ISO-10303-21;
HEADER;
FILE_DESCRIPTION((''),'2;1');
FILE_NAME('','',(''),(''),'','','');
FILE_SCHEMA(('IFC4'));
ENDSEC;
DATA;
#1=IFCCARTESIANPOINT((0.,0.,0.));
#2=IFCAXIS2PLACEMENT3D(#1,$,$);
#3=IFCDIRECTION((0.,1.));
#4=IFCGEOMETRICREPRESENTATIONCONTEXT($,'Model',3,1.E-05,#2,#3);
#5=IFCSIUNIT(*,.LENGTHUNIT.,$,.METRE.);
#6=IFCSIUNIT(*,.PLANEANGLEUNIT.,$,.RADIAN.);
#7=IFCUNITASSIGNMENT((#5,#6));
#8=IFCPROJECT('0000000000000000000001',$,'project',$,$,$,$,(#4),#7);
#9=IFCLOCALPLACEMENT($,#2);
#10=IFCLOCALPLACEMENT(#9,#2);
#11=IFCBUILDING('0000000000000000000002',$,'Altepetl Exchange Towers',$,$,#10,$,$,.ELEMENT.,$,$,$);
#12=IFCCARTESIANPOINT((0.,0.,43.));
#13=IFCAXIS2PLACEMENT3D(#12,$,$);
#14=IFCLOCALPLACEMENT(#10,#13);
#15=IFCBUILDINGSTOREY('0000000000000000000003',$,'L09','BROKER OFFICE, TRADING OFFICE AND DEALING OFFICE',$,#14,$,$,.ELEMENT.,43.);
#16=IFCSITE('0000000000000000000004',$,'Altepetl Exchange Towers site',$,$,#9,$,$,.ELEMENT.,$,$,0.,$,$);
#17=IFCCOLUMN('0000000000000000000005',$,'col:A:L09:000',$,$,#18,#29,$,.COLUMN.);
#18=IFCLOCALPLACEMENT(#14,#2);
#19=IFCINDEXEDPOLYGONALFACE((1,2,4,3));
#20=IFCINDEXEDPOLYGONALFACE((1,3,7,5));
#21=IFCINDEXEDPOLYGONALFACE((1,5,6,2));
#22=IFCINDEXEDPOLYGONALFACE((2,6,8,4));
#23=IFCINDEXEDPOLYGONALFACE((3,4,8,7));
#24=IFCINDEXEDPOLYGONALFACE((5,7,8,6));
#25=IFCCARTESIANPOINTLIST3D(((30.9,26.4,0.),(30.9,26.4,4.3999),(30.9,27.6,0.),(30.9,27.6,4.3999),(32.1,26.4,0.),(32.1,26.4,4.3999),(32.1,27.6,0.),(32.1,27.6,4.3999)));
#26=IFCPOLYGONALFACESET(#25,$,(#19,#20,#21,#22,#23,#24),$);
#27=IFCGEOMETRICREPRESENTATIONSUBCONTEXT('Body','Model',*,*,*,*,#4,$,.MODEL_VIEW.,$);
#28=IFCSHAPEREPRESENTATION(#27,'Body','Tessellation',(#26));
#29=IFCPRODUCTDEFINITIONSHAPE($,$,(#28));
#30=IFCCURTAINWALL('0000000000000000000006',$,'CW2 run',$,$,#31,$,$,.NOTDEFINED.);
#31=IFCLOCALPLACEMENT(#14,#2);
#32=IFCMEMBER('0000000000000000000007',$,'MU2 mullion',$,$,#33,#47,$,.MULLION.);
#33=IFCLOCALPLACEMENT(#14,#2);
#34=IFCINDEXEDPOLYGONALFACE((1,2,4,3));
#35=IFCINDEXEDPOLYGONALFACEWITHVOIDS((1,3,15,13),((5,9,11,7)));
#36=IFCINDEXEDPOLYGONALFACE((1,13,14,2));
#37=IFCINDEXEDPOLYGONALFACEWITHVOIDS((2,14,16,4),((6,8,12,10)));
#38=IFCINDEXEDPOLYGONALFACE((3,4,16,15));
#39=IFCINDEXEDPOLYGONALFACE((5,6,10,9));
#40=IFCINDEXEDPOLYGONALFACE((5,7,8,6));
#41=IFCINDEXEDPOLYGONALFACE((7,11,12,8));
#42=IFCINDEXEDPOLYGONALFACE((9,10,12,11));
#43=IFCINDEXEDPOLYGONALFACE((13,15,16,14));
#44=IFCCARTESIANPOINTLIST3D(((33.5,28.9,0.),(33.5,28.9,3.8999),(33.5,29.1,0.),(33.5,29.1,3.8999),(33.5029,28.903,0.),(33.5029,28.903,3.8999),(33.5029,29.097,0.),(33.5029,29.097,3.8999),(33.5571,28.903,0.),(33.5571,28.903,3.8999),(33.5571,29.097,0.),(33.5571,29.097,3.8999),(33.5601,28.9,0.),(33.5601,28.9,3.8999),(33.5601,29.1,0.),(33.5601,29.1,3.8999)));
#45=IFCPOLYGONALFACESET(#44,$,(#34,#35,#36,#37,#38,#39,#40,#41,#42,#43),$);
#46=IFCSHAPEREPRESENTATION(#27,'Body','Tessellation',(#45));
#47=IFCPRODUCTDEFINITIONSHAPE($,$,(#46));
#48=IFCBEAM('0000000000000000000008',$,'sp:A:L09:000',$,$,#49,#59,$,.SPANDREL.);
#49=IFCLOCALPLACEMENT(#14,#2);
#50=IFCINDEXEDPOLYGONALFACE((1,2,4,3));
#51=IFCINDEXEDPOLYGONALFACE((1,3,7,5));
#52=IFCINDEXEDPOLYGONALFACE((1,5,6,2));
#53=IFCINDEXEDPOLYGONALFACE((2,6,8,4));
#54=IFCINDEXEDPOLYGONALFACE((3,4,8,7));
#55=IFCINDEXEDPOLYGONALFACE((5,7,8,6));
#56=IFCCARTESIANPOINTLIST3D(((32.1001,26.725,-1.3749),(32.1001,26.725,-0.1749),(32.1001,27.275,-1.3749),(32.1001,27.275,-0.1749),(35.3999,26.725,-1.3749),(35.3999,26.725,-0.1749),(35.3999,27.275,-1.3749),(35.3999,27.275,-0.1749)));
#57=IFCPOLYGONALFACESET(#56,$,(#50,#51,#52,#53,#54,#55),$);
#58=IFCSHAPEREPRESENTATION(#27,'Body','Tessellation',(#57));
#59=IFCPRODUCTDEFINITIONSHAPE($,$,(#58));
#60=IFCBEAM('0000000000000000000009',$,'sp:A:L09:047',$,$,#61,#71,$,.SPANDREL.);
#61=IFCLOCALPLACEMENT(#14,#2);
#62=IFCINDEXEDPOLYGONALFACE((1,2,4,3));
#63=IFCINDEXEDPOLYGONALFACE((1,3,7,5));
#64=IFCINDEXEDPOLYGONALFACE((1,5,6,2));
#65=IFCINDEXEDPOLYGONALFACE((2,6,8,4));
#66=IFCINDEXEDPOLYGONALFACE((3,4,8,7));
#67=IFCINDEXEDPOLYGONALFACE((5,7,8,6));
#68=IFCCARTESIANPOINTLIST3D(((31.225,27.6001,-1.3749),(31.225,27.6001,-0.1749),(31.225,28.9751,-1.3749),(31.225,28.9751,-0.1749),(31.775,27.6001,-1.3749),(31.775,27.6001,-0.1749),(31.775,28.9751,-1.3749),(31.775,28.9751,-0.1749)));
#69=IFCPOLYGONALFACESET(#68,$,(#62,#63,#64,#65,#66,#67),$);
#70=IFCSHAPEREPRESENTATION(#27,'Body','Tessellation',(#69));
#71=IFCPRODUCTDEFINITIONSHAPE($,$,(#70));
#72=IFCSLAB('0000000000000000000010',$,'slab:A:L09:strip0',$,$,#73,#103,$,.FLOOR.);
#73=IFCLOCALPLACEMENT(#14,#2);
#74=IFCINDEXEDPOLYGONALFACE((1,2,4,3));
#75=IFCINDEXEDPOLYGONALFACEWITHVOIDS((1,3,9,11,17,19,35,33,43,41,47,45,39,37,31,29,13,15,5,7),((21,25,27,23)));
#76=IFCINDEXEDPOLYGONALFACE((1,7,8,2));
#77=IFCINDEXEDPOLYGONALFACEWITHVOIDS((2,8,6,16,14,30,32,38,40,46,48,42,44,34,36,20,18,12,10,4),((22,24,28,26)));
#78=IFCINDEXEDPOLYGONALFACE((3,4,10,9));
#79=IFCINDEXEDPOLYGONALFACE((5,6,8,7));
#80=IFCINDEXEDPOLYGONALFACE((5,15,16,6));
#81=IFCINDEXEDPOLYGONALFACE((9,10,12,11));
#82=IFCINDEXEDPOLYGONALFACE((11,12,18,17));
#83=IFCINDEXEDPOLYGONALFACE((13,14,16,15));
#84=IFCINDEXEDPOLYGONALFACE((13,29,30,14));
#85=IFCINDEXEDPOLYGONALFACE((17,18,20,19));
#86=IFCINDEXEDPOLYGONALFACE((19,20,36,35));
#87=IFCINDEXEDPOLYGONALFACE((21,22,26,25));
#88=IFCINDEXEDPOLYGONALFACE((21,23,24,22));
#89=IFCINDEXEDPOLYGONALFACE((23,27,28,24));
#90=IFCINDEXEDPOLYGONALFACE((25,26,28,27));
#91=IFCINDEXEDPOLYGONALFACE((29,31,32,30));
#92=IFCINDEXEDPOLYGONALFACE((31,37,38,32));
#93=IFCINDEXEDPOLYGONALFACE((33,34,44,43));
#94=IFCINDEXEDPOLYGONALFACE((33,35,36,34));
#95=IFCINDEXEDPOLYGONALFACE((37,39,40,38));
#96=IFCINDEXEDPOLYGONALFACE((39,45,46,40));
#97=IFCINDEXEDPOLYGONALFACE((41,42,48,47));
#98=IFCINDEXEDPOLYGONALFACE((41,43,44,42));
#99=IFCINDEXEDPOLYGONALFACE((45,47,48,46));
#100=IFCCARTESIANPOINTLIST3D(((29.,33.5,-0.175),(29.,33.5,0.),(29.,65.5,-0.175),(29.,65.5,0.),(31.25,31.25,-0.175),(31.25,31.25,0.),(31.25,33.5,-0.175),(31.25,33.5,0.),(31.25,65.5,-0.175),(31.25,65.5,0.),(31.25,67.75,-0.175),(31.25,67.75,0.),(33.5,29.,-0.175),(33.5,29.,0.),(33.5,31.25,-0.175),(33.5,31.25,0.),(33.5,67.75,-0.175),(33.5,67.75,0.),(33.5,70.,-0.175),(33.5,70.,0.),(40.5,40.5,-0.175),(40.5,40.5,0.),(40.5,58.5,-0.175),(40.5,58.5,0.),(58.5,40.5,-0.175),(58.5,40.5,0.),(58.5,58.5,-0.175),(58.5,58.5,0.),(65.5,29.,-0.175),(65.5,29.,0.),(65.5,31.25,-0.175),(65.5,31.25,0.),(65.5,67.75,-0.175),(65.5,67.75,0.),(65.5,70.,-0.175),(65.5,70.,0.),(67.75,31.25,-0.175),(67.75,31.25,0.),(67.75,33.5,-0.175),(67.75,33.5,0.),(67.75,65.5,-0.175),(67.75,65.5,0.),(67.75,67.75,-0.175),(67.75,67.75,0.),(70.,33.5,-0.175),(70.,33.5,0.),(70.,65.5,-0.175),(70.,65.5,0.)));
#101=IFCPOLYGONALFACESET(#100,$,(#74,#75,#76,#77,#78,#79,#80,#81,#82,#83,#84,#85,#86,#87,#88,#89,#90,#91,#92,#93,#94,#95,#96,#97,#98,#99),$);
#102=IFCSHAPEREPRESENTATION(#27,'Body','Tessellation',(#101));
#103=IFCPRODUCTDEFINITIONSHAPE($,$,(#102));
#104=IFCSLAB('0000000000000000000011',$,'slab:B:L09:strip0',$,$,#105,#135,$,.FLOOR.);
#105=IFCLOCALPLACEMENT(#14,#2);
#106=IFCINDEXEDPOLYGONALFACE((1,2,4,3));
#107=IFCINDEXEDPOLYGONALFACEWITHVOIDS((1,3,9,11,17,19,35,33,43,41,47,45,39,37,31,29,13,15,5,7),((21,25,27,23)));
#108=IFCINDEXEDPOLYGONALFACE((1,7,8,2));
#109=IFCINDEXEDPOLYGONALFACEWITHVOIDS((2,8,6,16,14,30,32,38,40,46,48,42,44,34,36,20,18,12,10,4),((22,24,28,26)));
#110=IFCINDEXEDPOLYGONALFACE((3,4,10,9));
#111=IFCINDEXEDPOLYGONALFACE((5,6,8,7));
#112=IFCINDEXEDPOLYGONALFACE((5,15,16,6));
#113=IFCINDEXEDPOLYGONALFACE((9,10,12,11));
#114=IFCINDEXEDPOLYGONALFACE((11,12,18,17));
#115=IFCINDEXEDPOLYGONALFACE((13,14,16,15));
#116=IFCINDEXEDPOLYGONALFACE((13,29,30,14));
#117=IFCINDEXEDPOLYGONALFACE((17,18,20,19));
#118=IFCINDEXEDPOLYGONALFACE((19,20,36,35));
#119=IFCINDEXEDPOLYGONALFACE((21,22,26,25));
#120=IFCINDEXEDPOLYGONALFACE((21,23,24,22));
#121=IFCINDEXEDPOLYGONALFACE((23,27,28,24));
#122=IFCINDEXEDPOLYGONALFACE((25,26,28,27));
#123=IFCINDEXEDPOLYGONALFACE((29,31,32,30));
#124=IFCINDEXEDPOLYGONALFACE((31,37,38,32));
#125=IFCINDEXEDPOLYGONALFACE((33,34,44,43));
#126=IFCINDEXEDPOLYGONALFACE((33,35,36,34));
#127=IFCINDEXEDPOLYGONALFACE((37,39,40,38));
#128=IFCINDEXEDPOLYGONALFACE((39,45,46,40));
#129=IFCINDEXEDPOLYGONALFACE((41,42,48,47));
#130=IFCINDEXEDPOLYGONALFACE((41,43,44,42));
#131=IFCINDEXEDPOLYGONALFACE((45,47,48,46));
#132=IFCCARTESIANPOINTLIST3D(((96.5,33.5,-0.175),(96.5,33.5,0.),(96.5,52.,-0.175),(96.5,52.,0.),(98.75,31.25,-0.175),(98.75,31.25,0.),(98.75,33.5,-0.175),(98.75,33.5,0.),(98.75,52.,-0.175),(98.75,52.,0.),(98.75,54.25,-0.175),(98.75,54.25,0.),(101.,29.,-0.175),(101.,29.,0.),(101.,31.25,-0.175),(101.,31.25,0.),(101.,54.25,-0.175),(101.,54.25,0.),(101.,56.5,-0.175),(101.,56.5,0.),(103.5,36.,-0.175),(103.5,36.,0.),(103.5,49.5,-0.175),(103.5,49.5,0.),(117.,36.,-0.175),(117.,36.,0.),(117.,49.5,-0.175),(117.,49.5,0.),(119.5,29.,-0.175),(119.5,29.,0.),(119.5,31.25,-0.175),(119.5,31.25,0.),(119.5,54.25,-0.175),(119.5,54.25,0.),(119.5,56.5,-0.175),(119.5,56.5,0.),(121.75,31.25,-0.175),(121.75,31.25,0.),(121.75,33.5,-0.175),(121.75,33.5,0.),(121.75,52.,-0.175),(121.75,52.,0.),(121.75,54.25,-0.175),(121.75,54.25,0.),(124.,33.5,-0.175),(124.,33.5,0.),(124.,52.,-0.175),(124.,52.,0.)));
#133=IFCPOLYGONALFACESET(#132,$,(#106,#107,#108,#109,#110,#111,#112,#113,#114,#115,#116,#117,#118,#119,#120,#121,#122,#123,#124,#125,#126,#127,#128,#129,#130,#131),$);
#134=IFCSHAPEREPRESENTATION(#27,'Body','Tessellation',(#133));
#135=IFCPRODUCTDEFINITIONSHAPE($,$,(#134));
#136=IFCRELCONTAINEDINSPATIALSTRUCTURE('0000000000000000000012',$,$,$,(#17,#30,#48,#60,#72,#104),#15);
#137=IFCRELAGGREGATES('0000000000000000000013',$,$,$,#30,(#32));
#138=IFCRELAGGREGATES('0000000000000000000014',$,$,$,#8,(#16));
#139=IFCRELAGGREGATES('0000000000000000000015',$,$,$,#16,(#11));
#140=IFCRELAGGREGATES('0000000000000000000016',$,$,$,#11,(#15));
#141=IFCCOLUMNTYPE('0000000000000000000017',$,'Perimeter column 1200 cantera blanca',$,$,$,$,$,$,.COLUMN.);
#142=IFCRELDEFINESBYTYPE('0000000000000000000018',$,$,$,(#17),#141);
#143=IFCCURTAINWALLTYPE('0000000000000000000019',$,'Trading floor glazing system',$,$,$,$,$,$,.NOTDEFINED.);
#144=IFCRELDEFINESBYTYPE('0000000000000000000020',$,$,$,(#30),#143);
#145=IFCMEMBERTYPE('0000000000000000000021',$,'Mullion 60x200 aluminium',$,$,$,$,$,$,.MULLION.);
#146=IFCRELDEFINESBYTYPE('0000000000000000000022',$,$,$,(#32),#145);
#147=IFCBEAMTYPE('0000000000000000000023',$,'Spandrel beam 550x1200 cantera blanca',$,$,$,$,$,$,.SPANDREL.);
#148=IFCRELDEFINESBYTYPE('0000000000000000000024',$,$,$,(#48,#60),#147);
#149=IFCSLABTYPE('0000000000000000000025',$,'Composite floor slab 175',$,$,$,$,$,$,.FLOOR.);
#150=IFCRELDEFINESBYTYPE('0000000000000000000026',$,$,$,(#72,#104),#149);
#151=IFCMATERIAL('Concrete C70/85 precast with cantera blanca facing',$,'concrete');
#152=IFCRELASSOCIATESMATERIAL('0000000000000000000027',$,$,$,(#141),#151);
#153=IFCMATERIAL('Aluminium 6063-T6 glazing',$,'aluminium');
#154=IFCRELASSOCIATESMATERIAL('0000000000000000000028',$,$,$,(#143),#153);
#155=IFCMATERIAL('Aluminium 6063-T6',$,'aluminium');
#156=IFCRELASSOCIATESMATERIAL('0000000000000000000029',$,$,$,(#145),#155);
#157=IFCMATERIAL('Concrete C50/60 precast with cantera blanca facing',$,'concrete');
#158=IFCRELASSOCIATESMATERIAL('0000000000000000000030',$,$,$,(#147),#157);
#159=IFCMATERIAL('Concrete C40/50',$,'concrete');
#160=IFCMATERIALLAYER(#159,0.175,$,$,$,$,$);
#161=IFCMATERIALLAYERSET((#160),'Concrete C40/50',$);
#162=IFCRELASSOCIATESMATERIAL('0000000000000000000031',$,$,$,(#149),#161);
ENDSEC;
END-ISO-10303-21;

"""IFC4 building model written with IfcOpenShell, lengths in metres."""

from ifc_helpers import new_model, si_unit, direction, frame, origin, origin_2d, place, context, subcontext, project, spatial, polyline, rectangle, hollow_rectangle, outline, extrude, material, layer, layer_set, material_profile, profile_set, type_object, element, aggregate, save


model = new_model("IFC4")

# Units and contexts
model_context = context("Model", 3, precision=1e-05, world=origin(), true_north=direction((0.0, 1.0)))
body_context = subcontext(model_context, "Body", "Model", "MODEL_VIEW")
ifc_project = project(units=[si_unit("LENGTHUNIT", "METRE"), si_unit("PLANEANGLEUNIT", "RADIAN")], contexts=[model_context])

# Site, building, storey
site_placement = place(None, origin())
site = spatial("IfcSite", under=ifc_project, at=site_placement, Name="Altepetl Exchange Towers site", CompositionType="ELEMENT", RefElevation=0.0)
building_placement = place(site_placement, origin())
building = spatial("IfcBuilding", under=site, at=building_placement, Name="Altepetl Exchange Towers", CompositionType="ELEMENT")
storey_placement = place(building_placement, frame((0.0, 0.0, 43.0)))
storey = spatial("IfcBuildingStorey", under=building, at=storey_placement, Name="L09", Description="BROKER OFFICE, TRADING OFFICE AND DEALING OFFICE", CompositionType="ELEMENT", Elevation=43.0)

# Column
ifc_material_1 = material(Name="Concrete C70/85 precast with cantera blanca facing", Category="concrete")
ifc_material_profile_1 = material_profile(ifc_material_1, rectangle(XDim=1.2, YDim=1.2, at=origin_2d()), Name="1200 x 1200")
ifc_profile_set_1 = profile_set([ifc_material_profile_1], Name="Concrete C70/85 precast with cantera blanca facing")
column_type = type_object("IfcColumnType", Name="Perimeter column 1200 cantera blanca", PredefinedType="COLUMN", material=ifc_profile_set_1)
column_placement = place(storey_placement, frame((31.5, 27.0, 0.0)))
element("IfcColumn", 1, at=column_placement, inside=storey, type_object=column_type, Name="col:A:L09:000", PredefinedType="COLUMN", context=body_context, shape_type="SweptSolid", body=[
    extrude(rectangle(XDim=1.2, YDim=1.2, at=origin_2d()), origin(), (0.0, 0.0, 1.0), 4.3999),
])

# Curtain wall, member
ifc_material_2 = material(Name="Aluminium 6063-T6 glazing", Category="aluminium")
curtain_wall_type = type_object("IfcCurtainWallType", Name="Trading floor glazing system", PredefinedType="NOTDEFINED", material=ifc_material_2)
curtain_wall_placement = place(storey_placement, origin())
curtain_wall = element("IfcCurtainWall", 2, at=curtain_wall_placement, inside=storey, type_object=curtain_wall_type, Name="CW2 run", PredefinedType="NOTDEFINED")
ifc_material_3 = material(Name="Aluminium 6063-T6", Category="aluminium")
ifc_material_profile_2 = material_profile(ifc_material_3, hollow_rectangle(XDim=0.0601, YDim=0.2, WallThickness=0.0029, at=origin_2d()), Name="Mullion 60x200 aluminium")
ifc_profile_set_2 = profile_set([ifc_material_profile_2], Name="Aluminium 6063-T6")
member_type = type_object("IfcMemberType", Name="Mullion 60x200 aluminium", PredefinedType="MULLION", material=ifc_profile_set_2)
member_placement = place(storey_placement, frame((33.53, 29.0, 0.0)))
member = element("IfcMember", 3, at=member_placement, type_object=member_type, Name="MU2 mullion", PredefinedType="MULLION", context=body_context, shape_type="SweptSolid", body=[
    extrude(hollow_rectangle(XDim=0.0601, YDim=0.2, WallThickness=0.0029, at=origin_2d()), origin(), (0.0, 0.0, 1.0), 3.8999),
])
aggregate(curtain_wall, [member])

# Beams
ifc_material_4 = material(Name="Concrete C50/60 precast with cantera blanca facing", Category="concrete")
ifc_material_profile_3 = material_profile(ifc_material_4, rectangle(XDim=0.55, YDim=1.2, at=origin_2d()), Name="550 x 1200")
ifc_profile_set_3 = profile_set([ifc_material_profile_3], Name="Concrete C50/60 precast with cantera blanca facing")
beam_type = type_object("IfcBeamType", Name="Spandrel beam 550x1200 cantera blanca", PredefinedType="SPANDREL", material=ifc_profile_set_3)
beam_1_placement = place(storey_placement, frame((32.1001, 27.0, -0.7749), z_axis=(1.0, 0.0, 0.0), x_axis=(0.0, 1.0, 0.0)))
element("IfcBeam", 4, at=beam_1_placement, inside=storey, type_object=beam_type, Name="sp:A:L09:000", PredefinedType="SPANDREL", context=body_context, shape_type="SweptSolid", body=[
    extrude(rectangle(XDim=0.55, YDim=1.2, at=origin_2d()), origin(), (0.0, 0.0, 1.0), 3.2998),
])
beam_2_placement = place(storey_placement, frame((31.5, 28.9751, -0.7749), z_axis=(0.0, -1.0, 0.0), x_axis=(1.0, 0.0, 0.0)))
element("IfcBeam", 5, at=beam_2_placement, inside=storey, type_object=beam_type, Name="sp:A:L09:047", PredefinedType="SPANDREL", context=body_context, shape_type="SweptSolid", body=[
    extrude(rectangle(XDim=0.55, YDim=1.2, at=origin_2d()), origin(), (0.0, 0.0, 1.0), 1.375),
])

# Slabs
ifc_material_5 = material(Name="Concrete C40/50", Category="concrete")
ifc_layer_1 = layer(ifc_material_5, 0.175)
ifc_layer_set_1 = layer_set([ifc_layer_1], Name="Concrete C40/50")
slab_type_1 = type_object("IfcSlabType", Name="Composite floor slab 175", PredefinedType="FLOOR", material=ifc_layer_set_1)
slab_1_placement = place(storey_placement, frame((0.0, 0.0, -0.175)))
element("IfcSlab", 6, at=slab_1_placement, inside=storey, type_object=slab_type_1, Name="slab:A:L09:strip0", PredefinedType="FLOOR", context=body_context, shape_type="SweptSolid", body=[
    extrude(outline(polyline([(31.25, 67.75), (31.25, 65.5), (29.0, 65.5), (29.0, 33.5), (31.25, 33.5), (31.25, 31.25), (33.5, 31.25), (33.5, 29.0), (65.5, 29.0), (65.5, 31.25), (67.75, 31.25), (67.75, 33.5), (70.0, 33.5), (70.0, 65.5), (67.75, 65.5), (67.75, 67.75), (65.5, 67.75), (65.5, 70.0), (33.5, 70.0), (33.5, 67.75), (31.25, 67.75)]), holes=[polyline([(58.5, 58.5), (58.5, 40.5), (40.5, 40.5), (40.5, 58.5), (58.5, 58.5)])]), origin(), (0.0, 0.0, 1.0), 0.175),
])
slab_2_placement = place(storey_placement, frame((0.0, 0.0, -0.175)))
element("IfcSlab", 7, at=slab_2_placement, inside=storey, type_object=slab_type_1, Name="slab:B:L09:strip0", PredefinedType="FLOOR", context=body_context, shape_type="SweptSolid", body=[
    extrude(outline(polyline([(98.75, 54.25), (98.75, 52.0), (96.5, 52.0), (96.5, 33.5), (98.75, 33.5), (98.75, 31.25), (101.0, 31.25), (101.0, 29.0), (119.5, 29.0), (119.5, 31.25), (121.75, 31.25), (121.75, 33.5), (124.0, 33.5), (124.0, 52.0), (121.75, 52.0), (121.75, 54.25), (119.5, 54.25), (119.5, 56.5), (101.0, 56.5), (101.0, 54.25), (98.75, 54.25)]), holes=[polyline([(117.0, 49.5), (117.0, 36.0), (103.5, 36.0), (103.5, 49.5), (117.0, 49.5)])]), origin(), (0.0, 0.0, 1.0), 0.175),
])

save(model, "model.ifc")
